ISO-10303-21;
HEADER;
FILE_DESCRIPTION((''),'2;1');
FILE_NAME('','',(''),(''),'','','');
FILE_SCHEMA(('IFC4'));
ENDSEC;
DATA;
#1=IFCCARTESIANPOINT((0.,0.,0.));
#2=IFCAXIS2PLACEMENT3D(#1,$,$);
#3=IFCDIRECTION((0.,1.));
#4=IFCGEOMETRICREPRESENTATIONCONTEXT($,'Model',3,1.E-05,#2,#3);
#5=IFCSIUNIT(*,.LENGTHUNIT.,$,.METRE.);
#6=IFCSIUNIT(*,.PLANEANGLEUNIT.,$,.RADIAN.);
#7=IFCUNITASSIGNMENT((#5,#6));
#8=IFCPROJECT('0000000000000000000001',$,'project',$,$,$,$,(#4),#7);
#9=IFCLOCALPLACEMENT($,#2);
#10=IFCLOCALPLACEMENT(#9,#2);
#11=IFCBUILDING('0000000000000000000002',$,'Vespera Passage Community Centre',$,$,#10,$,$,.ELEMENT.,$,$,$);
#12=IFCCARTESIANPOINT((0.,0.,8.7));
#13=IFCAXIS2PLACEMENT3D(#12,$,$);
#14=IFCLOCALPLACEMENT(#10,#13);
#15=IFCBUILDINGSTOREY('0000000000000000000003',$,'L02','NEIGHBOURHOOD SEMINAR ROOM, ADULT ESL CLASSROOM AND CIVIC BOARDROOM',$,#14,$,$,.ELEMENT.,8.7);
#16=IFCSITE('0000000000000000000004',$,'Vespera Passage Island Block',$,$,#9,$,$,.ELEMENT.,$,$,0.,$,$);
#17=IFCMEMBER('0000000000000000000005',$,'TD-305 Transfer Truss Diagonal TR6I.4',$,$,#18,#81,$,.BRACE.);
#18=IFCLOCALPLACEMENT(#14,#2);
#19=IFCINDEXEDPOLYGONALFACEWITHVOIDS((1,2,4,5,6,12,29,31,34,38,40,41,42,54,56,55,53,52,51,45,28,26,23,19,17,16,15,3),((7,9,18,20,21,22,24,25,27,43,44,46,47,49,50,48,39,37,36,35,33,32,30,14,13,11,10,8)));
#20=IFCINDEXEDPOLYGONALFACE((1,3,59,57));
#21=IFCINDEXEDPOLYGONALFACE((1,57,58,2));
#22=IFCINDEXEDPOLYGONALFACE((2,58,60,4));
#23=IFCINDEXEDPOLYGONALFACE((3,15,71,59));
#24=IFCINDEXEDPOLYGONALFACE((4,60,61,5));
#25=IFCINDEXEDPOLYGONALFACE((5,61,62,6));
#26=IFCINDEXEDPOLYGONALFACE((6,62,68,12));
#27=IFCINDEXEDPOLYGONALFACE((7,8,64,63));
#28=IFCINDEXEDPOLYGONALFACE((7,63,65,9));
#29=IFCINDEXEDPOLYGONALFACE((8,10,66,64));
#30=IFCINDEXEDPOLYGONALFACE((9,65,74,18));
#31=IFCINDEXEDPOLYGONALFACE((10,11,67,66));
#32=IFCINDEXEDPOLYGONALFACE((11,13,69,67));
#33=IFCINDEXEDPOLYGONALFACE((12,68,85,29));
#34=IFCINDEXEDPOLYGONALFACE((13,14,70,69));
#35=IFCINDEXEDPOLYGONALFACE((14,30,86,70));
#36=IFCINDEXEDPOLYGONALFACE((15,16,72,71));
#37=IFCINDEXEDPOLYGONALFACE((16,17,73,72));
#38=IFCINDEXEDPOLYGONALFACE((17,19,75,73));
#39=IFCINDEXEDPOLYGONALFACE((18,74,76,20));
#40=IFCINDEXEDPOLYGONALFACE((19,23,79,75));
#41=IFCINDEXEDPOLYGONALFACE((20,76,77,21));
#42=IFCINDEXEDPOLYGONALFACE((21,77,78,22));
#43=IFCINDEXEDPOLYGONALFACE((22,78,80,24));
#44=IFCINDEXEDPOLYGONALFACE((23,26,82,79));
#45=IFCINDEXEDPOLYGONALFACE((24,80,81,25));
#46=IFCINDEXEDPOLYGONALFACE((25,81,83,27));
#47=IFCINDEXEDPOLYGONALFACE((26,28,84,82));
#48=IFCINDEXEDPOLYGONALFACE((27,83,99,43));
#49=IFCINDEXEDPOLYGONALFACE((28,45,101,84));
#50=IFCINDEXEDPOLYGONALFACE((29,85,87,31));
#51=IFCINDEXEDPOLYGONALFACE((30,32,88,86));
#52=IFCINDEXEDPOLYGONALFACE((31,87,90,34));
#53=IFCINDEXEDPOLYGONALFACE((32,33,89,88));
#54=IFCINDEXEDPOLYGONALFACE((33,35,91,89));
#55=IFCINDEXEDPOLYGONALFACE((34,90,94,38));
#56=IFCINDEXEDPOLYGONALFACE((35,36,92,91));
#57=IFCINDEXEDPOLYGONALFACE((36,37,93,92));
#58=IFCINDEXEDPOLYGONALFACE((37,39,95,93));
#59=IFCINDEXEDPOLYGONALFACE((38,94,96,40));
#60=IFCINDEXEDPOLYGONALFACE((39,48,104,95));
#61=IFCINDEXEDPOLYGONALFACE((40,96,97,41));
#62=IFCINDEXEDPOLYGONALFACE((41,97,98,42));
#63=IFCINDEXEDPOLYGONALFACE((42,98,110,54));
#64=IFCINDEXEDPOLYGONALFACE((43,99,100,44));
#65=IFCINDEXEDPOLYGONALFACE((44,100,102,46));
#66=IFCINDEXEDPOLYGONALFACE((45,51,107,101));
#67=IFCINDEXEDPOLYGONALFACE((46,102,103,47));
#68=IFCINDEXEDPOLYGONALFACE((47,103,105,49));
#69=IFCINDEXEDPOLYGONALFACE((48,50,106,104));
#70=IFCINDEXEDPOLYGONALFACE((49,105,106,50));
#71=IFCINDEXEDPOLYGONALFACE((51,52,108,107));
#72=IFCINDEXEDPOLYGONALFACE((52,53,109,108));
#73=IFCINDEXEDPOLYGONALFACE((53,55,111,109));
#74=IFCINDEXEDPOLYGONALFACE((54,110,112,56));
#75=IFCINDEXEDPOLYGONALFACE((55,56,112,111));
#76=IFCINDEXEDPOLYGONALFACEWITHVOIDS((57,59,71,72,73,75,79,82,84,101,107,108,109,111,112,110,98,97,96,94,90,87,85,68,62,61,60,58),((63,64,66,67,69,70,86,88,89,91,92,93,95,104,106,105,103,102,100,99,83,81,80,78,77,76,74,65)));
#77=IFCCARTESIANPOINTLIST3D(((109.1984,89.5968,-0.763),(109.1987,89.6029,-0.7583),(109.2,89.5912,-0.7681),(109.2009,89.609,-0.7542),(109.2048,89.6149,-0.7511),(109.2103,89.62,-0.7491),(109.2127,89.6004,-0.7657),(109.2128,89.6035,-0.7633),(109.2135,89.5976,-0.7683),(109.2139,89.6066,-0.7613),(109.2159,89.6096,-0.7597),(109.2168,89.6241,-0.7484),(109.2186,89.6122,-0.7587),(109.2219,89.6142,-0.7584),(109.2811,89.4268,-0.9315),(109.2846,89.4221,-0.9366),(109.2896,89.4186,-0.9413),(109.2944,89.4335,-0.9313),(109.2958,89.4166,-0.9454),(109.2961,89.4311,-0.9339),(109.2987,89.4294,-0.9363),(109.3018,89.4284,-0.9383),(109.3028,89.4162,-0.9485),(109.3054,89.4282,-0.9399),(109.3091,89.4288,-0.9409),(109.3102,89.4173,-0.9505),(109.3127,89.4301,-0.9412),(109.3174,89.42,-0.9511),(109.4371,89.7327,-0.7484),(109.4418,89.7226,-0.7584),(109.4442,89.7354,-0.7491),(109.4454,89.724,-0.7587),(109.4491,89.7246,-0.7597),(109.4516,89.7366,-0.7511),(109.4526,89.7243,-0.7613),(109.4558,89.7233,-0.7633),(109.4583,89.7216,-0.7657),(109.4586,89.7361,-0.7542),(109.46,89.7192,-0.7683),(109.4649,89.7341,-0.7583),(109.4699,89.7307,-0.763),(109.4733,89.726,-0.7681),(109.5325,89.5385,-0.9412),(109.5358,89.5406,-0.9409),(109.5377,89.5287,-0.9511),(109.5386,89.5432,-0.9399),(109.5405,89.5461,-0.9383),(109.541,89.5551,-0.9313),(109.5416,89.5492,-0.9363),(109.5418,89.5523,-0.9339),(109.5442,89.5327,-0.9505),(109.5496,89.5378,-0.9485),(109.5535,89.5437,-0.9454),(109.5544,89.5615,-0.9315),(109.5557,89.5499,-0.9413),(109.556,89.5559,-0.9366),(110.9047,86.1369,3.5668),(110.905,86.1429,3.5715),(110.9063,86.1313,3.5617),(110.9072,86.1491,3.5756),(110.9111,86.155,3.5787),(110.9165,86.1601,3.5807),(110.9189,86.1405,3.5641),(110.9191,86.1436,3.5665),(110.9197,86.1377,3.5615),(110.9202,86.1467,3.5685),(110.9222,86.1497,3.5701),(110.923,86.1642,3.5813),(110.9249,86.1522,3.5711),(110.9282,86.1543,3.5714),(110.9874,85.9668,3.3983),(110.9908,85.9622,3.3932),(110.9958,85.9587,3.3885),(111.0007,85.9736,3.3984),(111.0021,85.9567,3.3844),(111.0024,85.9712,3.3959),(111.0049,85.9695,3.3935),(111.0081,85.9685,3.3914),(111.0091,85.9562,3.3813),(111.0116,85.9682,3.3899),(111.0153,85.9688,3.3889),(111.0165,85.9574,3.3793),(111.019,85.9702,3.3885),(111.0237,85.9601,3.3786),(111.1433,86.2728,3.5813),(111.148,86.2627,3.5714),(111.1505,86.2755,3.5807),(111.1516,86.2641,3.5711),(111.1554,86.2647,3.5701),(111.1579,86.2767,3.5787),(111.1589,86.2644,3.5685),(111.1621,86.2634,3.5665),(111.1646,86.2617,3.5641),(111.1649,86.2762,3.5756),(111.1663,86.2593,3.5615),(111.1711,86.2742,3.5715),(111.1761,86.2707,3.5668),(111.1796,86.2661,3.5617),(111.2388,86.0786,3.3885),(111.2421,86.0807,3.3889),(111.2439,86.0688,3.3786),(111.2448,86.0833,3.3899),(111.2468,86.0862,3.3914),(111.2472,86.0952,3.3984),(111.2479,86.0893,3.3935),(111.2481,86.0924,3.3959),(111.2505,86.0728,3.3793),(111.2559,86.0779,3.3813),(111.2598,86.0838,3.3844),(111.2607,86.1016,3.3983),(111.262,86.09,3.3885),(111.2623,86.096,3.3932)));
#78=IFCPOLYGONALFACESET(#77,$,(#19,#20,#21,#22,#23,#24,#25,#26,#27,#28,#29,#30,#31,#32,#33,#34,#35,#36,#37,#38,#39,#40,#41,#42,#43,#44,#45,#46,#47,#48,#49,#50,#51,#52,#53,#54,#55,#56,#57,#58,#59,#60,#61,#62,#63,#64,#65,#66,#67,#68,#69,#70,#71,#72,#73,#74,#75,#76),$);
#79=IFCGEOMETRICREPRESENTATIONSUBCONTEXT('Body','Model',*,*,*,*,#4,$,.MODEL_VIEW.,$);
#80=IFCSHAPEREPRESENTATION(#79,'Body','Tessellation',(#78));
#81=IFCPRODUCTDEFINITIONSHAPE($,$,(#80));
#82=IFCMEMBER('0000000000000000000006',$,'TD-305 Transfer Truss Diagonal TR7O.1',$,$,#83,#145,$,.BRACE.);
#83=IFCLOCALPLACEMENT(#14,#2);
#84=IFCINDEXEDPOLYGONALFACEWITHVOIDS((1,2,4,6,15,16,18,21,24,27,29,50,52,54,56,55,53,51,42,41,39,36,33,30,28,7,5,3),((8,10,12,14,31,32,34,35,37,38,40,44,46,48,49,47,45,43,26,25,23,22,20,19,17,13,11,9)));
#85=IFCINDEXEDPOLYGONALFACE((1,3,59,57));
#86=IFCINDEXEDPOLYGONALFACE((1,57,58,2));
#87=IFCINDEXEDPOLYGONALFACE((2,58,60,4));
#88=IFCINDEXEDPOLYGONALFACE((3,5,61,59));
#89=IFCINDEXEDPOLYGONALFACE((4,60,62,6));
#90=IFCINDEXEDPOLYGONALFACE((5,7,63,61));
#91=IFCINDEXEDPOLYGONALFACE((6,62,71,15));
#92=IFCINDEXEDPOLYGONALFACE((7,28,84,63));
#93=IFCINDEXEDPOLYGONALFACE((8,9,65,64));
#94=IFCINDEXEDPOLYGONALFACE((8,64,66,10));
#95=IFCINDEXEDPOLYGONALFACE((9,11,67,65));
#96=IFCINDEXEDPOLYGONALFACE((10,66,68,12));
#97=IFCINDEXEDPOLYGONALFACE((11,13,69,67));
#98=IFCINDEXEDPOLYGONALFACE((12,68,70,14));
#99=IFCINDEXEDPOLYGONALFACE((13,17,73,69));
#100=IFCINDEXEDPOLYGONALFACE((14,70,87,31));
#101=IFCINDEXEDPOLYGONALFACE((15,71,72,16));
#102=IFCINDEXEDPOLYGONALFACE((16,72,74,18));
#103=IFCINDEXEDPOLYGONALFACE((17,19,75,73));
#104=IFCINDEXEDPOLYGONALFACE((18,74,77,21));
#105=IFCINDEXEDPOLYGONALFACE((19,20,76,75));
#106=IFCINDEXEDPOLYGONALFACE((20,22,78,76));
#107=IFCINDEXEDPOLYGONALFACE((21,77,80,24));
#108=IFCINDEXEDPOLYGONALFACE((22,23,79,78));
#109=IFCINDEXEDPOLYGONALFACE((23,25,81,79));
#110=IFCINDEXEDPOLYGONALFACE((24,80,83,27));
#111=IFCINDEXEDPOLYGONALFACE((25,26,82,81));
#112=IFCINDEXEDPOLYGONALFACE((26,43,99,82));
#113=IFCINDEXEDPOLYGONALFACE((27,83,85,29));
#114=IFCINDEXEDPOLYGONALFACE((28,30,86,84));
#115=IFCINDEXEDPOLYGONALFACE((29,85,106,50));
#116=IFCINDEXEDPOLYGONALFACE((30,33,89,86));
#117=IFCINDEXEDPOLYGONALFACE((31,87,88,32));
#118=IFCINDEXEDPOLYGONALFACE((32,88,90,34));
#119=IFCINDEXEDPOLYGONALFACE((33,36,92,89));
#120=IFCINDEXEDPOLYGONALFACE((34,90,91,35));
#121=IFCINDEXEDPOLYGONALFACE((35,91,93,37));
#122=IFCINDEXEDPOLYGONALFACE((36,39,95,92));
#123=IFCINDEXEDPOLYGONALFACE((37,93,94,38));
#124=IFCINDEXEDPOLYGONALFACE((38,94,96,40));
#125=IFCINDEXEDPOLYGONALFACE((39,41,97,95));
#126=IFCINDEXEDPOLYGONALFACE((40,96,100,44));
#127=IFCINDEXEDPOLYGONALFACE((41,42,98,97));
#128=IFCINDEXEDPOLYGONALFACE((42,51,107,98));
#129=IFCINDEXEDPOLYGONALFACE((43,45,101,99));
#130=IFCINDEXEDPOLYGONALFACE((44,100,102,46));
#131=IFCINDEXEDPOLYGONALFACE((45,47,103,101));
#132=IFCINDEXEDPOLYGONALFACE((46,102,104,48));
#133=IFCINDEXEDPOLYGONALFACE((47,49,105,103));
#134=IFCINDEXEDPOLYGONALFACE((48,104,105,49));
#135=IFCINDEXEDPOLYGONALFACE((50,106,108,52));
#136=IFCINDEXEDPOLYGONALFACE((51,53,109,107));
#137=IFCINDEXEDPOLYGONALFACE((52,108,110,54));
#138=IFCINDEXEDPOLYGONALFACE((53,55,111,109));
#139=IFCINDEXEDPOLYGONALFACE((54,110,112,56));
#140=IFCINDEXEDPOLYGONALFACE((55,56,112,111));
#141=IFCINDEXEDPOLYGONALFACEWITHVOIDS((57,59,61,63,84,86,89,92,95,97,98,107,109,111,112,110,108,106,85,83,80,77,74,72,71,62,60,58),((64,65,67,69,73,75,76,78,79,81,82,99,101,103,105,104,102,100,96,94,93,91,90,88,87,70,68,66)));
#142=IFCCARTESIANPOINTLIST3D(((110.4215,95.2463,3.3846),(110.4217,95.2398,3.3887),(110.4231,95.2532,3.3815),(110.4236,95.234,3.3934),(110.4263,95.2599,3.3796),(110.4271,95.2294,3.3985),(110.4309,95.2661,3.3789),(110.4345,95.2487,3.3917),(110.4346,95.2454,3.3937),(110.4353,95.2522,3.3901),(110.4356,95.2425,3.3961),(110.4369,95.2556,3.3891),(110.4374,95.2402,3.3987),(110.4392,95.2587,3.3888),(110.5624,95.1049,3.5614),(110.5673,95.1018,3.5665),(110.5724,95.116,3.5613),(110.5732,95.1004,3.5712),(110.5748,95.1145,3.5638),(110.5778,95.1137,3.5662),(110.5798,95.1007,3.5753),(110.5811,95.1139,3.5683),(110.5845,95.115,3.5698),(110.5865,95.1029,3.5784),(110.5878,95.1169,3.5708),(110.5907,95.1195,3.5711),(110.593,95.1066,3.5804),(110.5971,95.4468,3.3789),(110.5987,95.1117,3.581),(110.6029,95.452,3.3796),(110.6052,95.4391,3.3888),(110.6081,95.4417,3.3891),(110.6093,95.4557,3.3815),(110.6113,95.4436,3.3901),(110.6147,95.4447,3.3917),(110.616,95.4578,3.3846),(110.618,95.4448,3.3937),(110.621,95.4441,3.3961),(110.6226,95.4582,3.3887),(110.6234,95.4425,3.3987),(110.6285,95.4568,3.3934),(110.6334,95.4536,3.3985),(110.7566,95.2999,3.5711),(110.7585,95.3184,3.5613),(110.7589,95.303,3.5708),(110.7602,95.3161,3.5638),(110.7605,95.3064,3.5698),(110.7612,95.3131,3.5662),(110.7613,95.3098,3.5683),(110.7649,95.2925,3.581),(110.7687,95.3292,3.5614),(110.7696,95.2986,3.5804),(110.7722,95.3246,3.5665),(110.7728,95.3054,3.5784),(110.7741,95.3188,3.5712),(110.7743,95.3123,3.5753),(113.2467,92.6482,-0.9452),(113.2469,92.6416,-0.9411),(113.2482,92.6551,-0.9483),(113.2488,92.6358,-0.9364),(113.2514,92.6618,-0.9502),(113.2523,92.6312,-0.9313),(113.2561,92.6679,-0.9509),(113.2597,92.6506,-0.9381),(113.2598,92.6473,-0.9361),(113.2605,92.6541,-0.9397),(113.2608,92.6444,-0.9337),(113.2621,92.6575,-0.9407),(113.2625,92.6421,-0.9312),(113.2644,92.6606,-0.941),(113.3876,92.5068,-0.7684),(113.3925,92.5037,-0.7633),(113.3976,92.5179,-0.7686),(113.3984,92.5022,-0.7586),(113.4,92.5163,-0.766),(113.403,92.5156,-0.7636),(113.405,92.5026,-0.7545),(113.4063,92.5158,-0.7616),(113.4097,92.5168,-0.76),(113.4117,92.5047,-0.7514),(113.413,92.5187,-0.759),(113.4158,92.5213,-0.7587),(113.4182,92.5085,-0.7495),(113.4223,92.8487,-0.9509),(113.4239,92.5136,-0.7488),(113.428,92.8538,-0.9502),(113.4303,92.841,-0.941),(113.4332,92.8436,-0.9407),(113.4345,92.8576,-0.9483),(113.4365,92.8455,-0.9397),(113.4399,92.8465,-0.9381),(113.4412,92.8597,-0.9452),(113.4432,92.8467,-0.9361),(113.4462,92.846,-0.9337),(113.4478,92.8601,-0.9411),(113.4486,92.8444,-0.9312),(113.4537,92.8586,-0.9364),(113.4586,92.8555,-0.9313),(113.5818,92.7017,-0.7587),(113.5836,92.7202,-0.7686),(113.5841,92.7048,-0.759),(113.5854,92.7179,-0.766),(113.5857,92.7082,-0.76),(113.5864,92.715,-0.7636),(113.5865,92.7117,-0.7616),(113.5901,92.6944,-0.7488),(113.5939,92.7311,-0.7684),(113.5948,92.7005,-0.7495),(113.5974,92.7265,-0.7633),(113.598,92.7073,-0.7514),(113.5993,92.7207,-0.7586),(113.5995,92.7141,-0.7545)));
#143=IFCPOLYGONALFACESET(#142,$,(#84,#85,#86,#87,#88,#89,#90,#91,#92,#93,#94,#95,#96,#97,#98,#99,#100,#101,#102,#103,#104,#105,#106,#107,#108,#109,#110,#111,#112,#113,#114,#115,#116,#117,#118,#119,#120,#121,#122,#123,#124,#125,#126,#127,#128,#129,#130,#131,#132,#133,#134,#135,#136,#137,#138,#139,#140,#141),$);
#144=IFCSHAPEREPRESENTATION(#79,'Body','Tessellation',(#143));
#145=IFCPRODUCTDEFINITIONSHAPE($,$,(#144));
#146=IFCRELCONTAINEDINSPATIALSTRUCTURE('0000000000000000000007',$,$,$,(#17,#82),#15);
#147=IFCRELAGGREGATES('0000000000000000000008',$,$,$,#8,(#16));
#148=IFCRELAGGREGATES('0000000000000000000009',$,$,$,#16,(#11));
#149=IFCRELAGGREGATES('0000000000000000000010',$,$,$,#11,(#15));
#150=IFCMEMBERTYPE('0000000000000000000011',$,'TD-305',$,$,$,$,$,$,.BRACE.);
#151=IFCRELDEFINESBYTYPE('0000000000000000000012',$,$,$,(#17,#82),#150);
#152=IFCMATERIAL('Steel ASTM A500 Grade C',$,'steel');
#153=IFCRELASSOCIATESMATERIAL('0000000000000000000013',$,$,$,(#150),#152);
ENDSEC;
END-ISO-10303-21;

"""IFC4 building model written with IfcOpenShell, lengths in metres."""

from ifc_helpers import new_model, si_unit, direction, frame, origin, origin_2d, place, context, subcontext, project, spatial, hollow_rectangle, extrude, material, material_profile, profile_set, type_object, element, save


model = new_model("IFC4")

# Units and contexts
model_context = context("Model", 3, precision=1e-05, world=origin(), true_north=direction((0.0, 1.0)))
body_context = subcontext(model_context, "Body", "Model", "MODEL_VIEW")
ifc_project = project(units=[si_unit("LENGTHUNIT", "METRE"), si_unit("PLANEANGLEUNIT", "RADIAN")], contexts=[model_context])

# Site, building, storey
site_placement = place(None, origin())
site = spatial("IfcSite", under=ifc_project, at=site_placement, Name="Vespera Passage Island Block", CompositionType="ELEMENT", RefElevation=0.0)
building_placement = place(site_placement, origin())
building = spatial("IfcBuilding", under=site, at=building_placement, Name="Vespera Passage Community Centre", CompositionType="ELEMENT")
storey_placement = place(building_placement, frame((0.0, 0.0, 8.7)))
storey = spatial("IfcBuildingStorey", under=building, at=storey_placement, Name="L02", Description="NEIGHBOURHOOD SEMINAR ROOM, ADULT ESL CLASSROOM AND CIVIC BOARDROOM", CompositionType="ELEMENT", Elevation=8.7)

# Members
ifc_material_1 = material(Name="Steel ASTM A500 Grade C", Category="steel")
ifc_material_profile_1 = material_profile(ifc_material_1, hollow_rectangle(XDim=0.3047, YDim=0.3047, WallThickness=0.0149, InnerFilletRadius=0.0149, OuterFilletRadius=0.0295, at=origin_2d()), Name="HSS305X305X15.9")
ifc_profile_set_1 = profile_set([ifc_material_profile_1], Name="Steel ASTM A500 Grade C")
member_type_1 = type_object("IfcMemberType", Name="TD-305", PredefinedType="BRACE", material=ifc_profile_set_1)
member_1_placement = place(storey_placement, frame((111.0835, 86.1165, 3.48), z_axis=(-0.294232, 0.596631, -0.746631), x_axis=(-0.896869, -0.442296, 0.0)))
element("IfcMember", 1, at=member_1_placement, inside=storey, type_object=member_type_1, Name="TD-305 Transfer Truss Diagonal TR6I.4", PredefinedType="BRACE", context=body_context, shape_type="SweptSolid", body=[
    extrude(hollow_rectangle(XDim=0.3047, YDim=0.3047, WallThickness=0.0149, InnerFilletRadius=0.0149, OuterFilletRadius=0.0295, at=origin_2d()), origin(), (0.0, 0.0, 1.0), 5.7991),
])
member_2_placement = place(storey_placement, frame((113.4231, 92.6812, -0.8499), z_axis=(-0.488268, 0.449028, 0.74831), x_axis=(-0.67691, -0.736065, 0.0)))
element("IfcMember", 2, at=member_2_placement, inside=storey, type_object=member_type_1, Name="TD-305 Transfer Truss Diagonal TR7O.1", PredefinedType="BRACE", context=body_context, shape_type="SweptSolid", body=[
    extrude(hollow_rectangle(XDim=0.3047, YDim=0.3047, WallThickness=0.0149, InnerFilletRadius=0.0149, OuterFilletRadius=0.0295, at=origin_2d()), origin(), (0.0, 0.0, 1.0), 5.7861),
])

save(model, "model.ifc")
